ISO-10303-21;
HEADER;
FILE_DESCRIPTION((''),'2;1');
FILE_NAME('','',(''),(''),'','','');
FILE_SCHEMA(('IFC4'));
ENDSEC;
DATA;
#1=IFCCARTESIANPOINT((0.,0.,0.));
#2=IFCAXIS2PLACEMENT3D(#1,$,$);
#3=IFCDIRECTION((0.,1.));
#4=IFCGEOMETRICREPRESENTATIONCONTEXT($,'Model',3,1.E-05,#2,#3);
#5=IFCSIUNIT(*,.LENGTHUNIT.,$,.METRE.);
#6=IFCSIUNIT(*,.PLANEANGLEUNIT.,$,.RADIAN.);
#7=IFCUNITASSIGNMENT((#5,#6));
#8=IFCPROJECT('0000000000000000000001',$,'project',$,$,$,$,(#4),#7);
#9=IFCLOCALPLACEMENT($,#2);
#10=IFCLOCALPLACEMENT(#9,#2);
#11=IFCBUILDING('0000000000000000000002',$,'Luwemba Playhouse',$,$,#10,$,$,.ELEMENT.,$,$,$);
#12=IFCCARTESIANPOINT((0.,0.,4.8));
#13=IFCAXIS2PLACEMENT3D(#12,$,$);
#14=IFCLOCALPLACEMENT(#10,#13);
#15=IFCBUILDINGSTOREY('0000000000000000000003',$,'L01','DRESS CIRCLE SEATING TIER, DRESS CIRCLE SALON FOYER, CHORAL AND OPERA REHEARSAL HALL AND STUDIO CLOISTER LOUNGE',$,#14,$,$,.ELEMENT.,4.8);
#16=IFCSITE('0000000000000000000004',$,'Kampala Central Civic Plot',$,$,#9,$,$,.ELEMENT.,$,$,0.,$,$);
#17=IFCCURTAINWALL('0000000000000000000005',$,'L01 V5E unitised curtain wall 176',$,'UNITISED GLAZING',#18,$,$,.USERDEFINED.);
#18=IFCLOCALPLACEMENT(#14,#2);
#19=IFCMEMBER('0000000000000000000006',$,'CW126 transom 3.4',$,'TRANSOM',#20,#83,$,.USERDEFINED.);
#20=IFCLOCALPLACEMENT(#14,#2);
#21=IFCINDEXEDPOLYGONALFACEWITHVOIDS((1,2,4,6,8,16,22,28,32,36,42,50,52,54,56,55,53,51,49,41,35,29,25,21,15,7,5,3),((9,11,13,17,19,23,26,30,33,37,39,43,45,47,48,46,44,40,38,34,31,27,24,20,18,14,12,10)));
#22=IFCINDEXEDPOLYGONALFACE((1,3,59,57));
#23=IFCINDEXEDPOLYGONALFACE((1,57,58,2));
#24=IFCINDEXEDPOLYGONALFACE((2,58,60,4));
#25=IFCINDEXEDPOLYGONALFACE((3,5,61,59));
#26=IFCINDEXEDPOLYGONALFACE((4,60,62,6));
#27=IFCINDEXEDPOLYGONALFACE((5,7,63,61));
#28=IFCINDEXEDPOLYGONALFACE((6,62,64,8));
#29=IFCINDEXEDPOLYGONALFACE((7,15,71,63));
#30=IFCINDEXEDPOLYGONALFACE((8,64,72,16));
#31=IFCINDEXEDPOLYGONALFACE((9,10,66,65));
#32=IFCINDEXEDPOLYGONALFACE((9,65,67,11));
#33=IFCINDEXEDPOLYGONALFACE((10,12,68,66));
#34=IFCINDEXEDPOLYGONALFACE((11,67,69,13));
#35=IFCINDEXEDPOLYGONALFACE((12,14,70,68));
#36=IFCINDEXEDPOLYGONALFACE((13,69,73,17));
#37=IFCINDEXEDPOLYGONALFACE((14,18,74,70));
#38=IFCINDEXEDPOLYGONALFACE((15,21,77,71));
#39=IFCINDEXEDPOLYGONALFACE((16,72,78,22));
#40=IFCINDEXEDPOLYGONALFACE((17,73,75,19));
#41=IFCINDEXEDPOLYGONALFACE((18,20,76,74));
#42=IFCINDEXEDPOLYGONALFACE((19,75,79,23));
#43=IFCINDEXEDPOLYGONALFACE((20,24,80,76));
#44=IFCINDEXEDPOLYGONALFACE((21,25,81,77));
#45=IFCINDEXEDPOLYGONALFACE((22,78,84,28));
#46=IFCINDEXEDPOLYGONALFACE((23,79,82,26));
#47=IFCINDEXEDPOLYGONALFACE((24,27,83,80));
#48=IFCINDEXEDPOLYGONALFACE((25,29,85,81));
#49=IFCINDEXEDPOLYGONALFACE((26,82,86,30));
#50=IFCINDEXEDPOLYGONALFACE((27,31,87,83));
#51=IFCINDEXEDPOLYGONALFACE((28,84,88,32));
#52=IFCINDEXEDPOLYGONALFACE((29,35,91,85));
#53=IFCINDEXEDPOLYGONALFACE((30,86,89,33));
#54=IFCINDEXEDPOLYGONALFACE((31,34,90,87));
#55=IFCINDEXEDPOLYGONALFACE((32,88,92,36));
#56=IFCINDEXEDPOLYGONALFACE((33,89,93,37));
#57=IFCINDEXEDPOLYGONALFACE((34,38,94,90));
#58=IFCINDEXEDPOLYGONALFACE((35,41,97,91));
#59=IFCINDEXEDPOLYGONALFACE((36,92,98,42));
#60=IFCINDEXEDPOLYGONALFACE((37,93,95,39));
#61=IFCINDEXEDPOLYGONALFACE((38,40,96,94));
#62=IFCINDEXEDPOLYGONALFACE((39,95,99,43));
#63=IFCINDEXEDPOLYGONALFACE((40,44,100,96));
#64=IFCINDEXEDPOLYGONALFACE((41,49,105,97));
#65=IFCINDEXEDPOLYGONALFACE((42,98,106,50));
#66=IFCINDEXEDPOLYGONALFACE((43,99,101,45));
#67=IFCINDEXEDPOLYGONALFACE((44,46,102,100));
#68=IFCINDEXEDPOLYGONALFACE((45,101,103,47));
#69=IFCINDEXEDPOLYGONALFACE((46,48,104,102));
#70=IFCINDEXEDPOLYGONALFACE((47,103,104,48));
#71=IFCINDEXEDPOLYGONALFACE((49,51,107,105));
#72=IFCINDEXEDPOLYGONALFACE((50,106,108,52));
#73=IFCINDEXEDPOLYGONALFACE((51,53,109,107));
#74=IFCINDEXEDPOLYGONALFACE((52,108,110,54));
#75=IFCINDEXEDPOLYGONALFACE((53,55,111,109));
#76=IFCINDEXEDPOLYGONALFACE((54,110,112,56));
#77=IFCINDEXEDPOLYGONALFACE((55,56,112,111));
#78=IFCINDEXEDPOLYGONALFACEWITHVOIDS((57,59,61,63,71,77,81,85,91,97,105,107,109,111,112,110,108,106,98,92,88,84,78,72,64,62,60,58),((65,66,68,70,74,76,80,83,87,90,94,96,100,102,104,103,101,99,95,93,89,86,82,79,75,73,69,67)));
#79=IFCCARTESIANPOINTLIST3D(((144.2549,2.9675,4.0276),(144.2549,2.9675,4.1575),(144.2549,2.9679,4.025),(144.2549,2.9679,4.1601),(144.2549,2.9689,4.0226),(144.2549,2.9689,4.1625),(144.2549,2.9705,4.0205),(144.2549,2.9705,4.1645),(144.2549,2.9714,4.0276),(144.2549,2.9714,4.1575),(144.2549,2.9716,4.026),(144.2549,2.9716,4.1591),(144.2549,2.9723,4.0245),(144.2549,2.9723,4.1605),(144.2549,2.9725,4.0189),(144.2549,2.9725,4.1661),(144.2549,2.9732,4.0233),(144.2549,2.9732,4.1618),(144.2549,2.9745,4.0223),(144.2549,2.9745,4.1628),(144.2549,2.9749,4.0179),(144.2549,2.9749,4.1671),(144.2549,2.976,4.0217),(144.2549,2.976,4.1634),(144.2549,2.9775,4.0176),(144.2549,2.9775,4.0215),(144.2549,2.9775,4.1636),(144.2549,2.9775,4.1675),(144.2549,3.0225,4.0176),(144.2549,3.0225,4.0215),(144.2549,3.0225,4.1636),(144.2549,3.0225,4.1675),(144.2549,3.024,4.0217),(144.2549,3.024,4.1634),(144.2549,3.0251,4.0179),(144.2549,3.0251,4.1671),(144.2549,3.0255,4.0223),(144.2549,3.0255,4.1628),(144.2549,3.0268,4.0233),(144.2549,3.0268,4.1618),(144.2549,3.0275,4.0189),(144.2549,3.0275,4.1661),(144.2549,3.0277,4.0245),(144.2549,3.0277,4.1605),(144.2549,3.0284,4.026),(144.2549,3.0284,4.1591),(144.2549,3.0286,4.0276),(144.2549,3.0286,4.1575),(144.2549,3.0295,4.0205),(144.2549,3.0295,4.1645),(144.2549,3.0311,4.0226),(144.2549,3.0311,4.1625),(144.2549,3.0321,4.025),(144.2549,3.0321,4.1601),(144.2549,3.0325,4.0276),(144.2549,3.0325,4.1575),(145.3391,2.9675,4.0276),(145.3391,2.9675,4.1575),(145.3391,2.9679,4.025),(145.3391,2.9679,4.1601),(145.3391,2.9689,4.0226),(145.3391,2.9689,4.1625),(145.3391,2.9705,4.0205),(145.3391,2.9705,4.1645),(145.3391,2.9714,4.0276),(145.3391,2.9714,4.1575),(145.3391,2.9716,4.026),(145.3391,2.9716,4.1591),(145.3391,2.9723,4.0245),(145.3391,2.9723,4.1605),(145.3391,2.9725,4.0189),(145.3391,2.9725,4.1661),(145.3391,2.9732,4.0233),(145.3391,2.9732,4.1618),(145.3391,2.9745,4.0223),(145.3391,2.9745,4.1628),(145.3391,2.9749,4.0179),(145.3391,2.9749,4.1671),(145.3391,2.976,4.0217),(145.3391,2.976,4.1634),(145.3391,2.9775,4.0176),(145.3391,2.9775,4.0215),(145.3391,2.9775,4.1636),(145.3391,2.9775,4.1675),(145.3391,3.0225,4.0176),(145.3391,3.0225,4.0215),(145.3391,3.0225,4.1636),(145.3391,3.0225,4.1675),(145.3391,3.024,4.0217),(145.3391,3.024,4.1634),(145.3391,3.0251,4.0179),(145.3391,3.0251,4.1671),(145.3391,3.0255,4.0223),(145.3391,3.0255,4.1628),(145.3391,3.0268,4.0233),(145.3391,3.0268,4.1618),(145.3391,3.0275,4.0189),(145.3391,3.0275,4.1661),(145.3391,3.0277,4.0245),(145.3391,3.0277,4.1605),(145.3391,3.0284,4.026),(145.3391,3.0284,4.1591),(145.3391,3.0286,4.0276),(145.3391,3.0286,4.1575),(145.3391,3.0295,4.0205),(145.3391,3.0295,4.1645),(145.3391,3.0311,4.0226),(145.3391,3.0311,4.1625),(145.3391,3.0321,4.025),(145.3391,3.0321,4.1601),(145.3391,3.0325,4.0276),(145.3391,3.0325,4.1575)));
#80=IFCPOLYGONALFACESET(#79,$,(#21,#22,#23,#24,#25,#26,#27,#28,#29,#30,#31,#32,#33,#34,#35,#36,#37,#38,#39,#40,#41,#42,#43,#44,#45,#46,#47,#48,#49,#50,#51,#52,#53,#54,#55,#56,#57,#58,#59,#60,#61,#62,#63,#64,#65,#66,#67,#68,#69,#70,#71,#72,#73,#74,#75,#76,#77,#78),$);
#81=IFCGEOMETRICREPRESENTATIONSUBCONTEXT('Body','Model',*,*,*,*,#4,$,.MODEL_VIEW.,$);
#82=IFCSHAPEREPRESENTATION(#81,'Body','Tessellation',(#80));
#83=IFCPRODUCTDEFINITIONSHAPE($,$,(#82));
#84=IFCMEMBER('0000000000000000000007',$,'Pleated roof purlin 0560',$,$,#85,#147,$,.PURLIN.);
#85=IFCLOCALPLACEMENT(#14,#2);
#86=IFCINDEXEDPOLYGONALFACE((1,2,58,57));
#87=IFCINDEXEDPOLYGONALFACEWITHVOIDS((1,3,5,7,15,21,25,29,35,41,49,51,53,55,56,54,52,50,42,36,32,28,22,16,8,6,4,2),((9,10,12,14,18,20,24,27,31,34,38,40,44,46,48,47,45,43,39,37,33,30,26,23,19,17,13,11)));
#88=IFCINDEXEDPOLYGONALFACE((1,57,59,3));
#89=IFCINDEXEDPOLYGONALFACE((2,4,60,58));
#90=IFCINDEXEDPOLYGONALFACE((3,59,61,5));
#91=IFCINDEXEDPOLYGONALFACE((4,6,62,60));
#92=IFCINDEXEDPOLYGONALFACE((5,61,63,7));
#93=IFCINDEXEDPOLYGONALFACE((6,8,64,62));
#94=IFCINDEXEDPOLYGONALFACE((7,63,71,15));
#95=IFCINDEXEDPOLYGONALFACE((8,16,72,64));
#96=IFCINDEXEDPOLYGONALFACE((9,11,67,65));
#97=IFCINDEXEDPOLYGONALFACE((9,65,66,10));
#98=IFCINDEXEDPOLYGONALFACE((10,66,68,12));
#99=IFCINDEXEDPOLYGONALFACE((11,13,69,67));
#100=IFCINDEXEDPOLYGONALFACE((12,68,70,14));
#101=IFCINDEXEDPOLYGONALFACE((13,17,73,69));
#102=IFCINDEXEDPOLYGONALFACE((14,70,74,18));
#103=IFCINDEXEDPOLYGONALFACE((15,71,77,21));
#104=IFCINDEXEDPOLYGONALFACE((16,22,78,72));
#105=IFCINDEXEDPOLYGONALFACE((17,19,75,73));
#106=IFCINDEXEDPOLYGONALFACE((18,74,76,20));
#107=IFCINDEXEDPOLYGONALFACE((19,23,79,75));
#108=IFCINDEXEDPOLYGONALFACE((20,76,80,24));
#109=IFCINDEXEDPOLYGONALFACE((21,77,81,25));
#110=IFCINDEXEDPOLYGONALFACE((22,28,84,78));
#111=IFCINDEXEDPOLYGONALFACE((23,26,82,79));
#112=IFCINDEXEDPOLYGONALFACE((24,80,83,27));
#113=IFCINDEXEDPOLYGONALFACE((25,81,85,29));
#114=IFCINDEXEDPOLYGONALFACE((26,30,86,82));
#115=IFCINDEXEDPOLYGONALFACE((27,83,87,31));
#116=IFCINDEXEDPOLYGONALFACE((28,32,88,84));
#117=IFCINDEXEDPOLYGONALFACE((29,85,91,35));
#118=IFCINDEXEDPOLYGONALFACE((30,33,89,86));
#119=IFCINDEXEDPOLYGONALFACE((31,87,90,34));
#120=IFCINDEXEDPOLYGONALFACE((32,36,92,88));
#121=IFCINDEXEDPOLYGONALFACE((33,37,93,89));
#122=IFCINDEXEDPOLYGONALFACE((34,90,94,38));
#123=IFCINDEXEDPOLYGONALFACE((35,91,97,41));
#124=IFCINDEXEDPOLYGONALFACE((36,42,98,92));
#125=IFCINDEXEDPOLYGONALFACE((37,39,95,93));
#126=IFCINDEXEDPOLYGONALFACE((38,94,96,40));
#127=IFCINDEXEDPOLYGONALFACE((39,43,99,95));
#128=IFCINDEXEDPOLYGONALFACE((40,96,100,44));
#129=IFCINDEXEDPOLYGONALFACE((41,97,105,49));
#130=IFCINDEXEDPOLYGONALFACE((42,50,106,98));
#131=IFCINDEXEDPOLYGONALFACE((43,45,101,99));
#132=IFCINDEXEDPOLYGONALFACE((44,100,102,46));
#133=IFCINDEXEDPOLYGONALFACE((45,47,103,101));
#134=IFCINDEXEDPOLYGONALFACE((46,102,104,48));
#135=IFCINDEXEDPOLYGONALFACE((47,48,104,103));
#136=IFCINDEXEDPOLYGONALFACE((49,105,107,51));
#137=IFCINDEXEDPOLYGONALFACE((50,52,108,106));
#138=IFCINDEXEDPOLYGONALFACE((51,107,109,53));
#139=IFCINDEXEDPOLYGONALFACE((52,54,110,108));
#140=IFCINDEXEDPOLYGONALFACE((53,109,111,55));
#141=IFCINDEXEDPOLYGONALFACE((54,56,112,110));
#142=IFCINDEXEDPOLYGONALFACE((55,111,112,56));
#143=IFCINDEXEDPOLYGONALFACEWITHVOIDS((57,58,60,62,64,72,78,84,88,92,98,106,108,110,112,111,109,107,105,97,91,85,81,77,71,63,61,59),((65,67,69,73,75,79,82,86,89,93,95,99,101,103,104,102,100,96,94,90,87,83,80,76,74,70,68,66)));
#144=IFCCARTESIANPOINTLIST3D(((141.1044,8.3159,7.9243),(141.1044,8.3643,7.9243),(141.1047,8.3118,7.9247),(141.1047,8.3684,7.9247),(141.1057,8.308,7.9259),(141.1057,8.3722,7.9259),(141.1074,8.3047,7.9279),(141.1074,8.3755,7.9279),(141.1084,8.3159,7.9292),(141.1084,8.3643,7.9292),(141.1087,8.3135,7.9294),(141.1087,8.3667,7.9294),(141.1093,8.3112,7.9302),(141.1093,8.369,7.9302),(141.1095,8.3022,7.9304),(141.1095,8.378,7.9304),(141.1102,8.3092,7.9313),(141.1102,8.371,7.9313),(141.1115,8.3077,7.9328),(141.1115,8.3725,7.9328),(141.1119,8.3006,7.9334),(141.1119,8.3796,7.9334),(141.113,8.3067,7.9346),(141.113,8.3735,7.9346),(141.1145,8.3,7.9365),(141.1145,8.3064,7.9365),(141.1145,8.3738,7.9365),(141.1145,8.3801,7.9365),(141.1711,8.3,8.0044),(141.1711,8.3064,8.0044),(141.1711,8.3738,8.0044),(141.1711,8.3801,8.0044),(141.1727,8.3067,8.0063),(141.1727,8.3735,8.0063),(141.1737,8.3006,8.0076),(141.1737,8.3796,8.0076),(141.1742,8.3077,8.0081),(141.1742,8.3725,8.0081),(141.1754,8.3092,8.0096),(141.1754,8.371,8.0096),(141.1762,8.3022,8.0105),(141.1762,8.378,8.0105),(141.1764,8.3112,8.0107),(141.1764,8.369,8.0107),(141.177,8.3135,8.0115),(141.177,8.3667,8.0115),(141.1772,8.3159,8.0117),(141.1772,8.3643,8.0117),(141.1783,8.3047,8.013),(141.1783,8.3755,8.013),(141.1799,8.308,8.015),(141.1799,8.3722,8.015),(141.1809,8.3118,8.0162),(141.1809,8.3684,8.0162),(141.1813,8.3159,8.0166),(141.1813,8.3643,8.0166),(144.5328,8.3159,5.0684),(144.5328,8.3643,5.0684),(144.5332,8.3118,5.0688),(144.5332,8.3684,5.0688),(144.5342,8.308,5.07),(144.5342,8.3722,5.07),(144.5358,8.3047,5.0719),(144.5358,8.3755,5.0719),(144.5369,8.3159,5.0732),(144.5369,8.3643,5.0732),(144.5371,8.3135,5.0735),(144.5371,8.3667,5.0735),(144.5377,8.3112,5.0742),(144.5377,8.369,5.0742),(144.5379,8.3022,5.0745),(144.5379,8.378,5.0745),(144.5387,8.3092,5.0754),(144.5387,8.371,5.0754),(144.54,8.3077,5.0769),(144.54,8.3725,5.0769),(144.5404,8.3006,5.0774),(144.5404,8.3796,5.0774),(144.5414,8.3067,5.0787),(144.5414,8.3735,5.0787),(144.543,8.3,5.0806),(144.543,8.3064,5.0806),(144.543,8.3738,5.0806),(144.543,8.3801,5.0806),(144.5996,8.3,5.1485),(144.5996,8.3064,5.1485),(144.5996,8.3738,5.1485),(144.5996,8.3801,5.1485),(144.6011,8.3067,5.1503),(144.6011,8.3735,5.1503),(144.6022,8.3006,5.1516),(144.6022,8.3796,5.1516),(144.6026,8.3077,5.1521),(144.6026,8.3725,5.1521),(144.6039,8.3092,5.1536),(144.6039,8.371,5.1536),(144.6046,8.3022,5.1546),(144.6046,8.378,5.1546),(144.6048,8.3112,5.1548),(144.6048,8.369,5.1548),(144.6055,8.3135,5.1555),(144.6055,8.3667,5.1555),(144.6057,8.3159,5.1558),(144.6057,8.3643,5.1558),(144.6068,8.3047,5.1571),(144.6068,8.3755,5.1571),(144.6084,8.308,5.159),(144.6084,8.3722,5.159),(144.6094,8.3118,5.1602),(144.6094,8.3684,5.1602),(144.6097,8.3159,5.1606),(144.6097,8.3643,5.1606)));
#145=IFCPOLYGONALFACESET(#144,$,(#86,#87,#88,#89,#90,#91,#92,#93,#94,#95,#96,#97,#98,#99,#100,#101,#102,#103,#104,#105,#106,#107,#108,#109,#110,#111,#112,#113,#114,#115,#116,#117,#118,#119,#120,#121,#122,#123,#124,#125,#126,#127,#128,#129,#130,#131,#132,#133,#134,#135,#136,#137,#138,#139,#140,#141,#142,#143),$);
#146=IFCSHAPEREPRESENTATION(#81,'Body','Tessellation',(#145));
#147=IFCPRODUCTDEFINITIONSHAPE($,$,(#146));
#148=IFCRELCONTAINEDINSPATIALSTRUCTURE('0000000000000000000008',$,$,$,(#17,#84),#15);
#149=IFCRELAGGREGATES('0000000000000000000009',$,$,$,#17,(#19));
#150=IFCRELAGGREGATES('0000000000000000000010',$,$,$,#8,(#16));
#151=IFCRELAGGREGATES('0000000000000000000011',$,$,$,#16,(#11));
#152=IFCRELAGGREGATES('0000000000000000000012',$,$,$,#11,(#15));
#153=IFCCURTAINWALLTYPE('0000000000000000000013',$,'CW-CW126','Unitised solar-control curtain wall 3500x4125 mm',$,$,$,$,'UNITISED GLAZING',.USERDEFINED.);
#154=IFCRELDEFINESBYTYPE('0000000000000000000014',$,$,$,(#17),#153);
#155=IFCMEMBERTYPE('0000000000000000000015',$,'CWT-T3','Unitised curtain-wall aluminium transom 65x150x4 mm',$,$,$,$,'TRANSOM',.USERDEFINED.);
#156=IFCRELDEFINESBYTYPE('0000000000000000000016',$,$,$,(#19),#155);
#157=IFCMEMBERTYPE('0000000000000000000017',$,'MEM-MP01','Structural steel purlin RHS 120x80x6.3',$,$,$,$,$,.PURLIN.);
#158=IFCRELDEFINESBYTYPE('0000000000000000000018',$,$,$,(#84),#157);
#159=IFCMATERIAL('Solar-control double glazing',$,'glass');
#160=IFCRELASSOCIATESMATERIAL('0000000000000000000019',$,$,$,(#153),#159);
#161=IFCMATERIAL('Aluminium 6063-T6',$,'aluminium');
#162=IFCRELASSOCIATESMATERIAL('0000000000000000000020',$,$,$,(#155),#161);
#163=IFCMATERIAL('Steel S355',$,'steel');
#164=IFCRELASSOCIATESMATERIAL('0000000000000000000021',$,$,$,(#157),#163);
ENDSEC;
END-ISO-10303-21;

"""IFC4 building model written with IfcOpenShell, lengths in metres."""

from ifc_helpers import new_model, si_unit, direction, frame, origin, origin_2d, place, context, subcontext, project, spatial, hollow_rectangle, extrude, material, material_profile, profile_set, type_object, element, aggregate, save


model = new_model("IFC4")

# Units and contexts
model_context = context("Model", 3, precision=1e-05, world=origin(), true_north=direction((0.0, 1.0)))
body_context = subcontext(model_context, "Body", "Model", "MODEL_VIEW")
ifc_project = project(units=[si_unit("LENGTHUNIT", "METRE"), si_unit("PLANEANGLEUNIT", "RADIAN")], contexts=[model_context])

# Site, building, storey
site_placement = place(None, origin())
site = spatial("IfcSite", under=ifc_project, at=site_placement, Name="Kampala Central Civic Plot", CompositionType="ELEMENT", RefElevation=0.0)
building_placement = place(site_placement, origin())
building = spatial("IfcBuilding", under=site, at=building_placement, Name="Luwemba Playhouse", CompositionType="ELEMENT")
storey_placement = place(building_placement, frame((0.0, 0.0, 4.8)))
storey = spatial("IfcBuildingStorey", under=building, at=storey_placement, Name="L01", Description="DRESS CIRCLE SEATING TIER, DRESS CIRCLE SALON FOYER, CHORAL AND OPERA REHEARSAL HALL AND STUDIO CLOISTER LOUNGE", CompositionType="ELEMENT", Elevation=4.8)

# Curtain wall, member
ifc_material_1 = material(Name="Solar-control double glazing", Category="glass")
curtain_wall_type = type_object("IfcCurtainWallType", Name="CW-CW126", Description="Unitised solar-control curtain wall 3500x4125 mm", ElementType="UNITISED GLAZING", PredefinedType="USERDEFINED", material=ifc_material_1)
curtain_wall_placement = place(storey_placement, origin())
curtain_wall = element("IfcCurtainWall", 1, at=curtain_wall_placement, inside=storey, type_object=curtain_wall_type, Name="L01 V5E unitised curtain wall 176", ObjectType="UNITISED GLAZING", PredefinedType="USERDEFINED")
ifc_material_2 = material(Name="Aluminium 6063-T6", Category="aluminium")
ifc_material_profile_1 = material_profile(ifc_material_2, hollow_rectangle(XDim=0.0649, YDim=0.1499, WallThickness=0.0039, InnerFilletRadius=0.0061, OuterFilletRadius=0.01, at=origin_2d()))
ifc_profile_set_1 = profile_set([ifc_material_profile_1], Name="Aluminium 6063-T6")
member_type_1 = type_object("IfcMemberType", Name="CWT-T3", Description="Unitised curtain-wall aluminium transom 65x150x4 mm", ElementType="TRANSOM", PredefinedType="USERDEFINED", material=ifc_profile_set_1)
member_1_placement = place(storey_placement, frame((145.3391, 3.0, 4.0925), z_axis=(-1.0, 0.0, 0.0), x_axis=(0.0, -1.0, 0.0)))
member_1 = element("IfcMember", 2, at=member_1_placement, type_object=member_type_1, Name="CW126 transom 3.4", ObjectType="TRANSOM", PredefinedType="USERDEFINED", context=body_context, shape_type="SweptSolid", body=[
    extrude(hollow_rectangle(XDim=0.0649, YDim=0.1499, WallThickness=0.0039, InnerFilletRadius=0.0061, OuterFilletRadius=0.01, at=origin_2d()), origin(), (0.0, 0.0, 1.0), 1.0842),
])

# Member
ifc_material_3 = material(Name="Steel S355", Category="steel")
ifc_material_profile_2 = material_profile(ifc_material_3, hollow_rectangle(XDim=0.0801, YDim=0.1201, WallThickness=0.0063, InnerFilletRadius=0.0095, OuterFilletRadius=0.0159, at=origin_2d()))
ifc_profile_set_2 = profile_set([ifc_material_profile_2], Name="Steel S355")
member_type_2 = type_object("IfcMemberType", Name="MEM-MP01", Description="Structural steel purlin RHS 120x80x6.3", PredefinedType="PURLIN", material=ifc_profile_set_2)
member_2_placement = place(storey_placement, frame((141.1428, 8.3401, 7.9705), z_axis=(0.768342, 0.0, -0.640039), x_axis=(0.0, 1.0, 0.0)))
element("IfcMember", 3, at=member_2_placement, inside=storey, type_object=member_type_2, Name="Pleated roof purlin 0560", PredefinedType="PURLIN", context=body_context, shape_type="SweptSolid", body=[
    extrude(hollow_rectangle(XDim=0.0801, YDim=0.1201, WallThickness=0.0063, InnerFilletRadius=0.0095, OuterFilletRadius=0.0159, at=origin_2d()), origin(), (0.0, 0.0, 1.0), 4.4622),
])

aggregate(curtain_wall, [member_1])

save(model, "model.ifc")
